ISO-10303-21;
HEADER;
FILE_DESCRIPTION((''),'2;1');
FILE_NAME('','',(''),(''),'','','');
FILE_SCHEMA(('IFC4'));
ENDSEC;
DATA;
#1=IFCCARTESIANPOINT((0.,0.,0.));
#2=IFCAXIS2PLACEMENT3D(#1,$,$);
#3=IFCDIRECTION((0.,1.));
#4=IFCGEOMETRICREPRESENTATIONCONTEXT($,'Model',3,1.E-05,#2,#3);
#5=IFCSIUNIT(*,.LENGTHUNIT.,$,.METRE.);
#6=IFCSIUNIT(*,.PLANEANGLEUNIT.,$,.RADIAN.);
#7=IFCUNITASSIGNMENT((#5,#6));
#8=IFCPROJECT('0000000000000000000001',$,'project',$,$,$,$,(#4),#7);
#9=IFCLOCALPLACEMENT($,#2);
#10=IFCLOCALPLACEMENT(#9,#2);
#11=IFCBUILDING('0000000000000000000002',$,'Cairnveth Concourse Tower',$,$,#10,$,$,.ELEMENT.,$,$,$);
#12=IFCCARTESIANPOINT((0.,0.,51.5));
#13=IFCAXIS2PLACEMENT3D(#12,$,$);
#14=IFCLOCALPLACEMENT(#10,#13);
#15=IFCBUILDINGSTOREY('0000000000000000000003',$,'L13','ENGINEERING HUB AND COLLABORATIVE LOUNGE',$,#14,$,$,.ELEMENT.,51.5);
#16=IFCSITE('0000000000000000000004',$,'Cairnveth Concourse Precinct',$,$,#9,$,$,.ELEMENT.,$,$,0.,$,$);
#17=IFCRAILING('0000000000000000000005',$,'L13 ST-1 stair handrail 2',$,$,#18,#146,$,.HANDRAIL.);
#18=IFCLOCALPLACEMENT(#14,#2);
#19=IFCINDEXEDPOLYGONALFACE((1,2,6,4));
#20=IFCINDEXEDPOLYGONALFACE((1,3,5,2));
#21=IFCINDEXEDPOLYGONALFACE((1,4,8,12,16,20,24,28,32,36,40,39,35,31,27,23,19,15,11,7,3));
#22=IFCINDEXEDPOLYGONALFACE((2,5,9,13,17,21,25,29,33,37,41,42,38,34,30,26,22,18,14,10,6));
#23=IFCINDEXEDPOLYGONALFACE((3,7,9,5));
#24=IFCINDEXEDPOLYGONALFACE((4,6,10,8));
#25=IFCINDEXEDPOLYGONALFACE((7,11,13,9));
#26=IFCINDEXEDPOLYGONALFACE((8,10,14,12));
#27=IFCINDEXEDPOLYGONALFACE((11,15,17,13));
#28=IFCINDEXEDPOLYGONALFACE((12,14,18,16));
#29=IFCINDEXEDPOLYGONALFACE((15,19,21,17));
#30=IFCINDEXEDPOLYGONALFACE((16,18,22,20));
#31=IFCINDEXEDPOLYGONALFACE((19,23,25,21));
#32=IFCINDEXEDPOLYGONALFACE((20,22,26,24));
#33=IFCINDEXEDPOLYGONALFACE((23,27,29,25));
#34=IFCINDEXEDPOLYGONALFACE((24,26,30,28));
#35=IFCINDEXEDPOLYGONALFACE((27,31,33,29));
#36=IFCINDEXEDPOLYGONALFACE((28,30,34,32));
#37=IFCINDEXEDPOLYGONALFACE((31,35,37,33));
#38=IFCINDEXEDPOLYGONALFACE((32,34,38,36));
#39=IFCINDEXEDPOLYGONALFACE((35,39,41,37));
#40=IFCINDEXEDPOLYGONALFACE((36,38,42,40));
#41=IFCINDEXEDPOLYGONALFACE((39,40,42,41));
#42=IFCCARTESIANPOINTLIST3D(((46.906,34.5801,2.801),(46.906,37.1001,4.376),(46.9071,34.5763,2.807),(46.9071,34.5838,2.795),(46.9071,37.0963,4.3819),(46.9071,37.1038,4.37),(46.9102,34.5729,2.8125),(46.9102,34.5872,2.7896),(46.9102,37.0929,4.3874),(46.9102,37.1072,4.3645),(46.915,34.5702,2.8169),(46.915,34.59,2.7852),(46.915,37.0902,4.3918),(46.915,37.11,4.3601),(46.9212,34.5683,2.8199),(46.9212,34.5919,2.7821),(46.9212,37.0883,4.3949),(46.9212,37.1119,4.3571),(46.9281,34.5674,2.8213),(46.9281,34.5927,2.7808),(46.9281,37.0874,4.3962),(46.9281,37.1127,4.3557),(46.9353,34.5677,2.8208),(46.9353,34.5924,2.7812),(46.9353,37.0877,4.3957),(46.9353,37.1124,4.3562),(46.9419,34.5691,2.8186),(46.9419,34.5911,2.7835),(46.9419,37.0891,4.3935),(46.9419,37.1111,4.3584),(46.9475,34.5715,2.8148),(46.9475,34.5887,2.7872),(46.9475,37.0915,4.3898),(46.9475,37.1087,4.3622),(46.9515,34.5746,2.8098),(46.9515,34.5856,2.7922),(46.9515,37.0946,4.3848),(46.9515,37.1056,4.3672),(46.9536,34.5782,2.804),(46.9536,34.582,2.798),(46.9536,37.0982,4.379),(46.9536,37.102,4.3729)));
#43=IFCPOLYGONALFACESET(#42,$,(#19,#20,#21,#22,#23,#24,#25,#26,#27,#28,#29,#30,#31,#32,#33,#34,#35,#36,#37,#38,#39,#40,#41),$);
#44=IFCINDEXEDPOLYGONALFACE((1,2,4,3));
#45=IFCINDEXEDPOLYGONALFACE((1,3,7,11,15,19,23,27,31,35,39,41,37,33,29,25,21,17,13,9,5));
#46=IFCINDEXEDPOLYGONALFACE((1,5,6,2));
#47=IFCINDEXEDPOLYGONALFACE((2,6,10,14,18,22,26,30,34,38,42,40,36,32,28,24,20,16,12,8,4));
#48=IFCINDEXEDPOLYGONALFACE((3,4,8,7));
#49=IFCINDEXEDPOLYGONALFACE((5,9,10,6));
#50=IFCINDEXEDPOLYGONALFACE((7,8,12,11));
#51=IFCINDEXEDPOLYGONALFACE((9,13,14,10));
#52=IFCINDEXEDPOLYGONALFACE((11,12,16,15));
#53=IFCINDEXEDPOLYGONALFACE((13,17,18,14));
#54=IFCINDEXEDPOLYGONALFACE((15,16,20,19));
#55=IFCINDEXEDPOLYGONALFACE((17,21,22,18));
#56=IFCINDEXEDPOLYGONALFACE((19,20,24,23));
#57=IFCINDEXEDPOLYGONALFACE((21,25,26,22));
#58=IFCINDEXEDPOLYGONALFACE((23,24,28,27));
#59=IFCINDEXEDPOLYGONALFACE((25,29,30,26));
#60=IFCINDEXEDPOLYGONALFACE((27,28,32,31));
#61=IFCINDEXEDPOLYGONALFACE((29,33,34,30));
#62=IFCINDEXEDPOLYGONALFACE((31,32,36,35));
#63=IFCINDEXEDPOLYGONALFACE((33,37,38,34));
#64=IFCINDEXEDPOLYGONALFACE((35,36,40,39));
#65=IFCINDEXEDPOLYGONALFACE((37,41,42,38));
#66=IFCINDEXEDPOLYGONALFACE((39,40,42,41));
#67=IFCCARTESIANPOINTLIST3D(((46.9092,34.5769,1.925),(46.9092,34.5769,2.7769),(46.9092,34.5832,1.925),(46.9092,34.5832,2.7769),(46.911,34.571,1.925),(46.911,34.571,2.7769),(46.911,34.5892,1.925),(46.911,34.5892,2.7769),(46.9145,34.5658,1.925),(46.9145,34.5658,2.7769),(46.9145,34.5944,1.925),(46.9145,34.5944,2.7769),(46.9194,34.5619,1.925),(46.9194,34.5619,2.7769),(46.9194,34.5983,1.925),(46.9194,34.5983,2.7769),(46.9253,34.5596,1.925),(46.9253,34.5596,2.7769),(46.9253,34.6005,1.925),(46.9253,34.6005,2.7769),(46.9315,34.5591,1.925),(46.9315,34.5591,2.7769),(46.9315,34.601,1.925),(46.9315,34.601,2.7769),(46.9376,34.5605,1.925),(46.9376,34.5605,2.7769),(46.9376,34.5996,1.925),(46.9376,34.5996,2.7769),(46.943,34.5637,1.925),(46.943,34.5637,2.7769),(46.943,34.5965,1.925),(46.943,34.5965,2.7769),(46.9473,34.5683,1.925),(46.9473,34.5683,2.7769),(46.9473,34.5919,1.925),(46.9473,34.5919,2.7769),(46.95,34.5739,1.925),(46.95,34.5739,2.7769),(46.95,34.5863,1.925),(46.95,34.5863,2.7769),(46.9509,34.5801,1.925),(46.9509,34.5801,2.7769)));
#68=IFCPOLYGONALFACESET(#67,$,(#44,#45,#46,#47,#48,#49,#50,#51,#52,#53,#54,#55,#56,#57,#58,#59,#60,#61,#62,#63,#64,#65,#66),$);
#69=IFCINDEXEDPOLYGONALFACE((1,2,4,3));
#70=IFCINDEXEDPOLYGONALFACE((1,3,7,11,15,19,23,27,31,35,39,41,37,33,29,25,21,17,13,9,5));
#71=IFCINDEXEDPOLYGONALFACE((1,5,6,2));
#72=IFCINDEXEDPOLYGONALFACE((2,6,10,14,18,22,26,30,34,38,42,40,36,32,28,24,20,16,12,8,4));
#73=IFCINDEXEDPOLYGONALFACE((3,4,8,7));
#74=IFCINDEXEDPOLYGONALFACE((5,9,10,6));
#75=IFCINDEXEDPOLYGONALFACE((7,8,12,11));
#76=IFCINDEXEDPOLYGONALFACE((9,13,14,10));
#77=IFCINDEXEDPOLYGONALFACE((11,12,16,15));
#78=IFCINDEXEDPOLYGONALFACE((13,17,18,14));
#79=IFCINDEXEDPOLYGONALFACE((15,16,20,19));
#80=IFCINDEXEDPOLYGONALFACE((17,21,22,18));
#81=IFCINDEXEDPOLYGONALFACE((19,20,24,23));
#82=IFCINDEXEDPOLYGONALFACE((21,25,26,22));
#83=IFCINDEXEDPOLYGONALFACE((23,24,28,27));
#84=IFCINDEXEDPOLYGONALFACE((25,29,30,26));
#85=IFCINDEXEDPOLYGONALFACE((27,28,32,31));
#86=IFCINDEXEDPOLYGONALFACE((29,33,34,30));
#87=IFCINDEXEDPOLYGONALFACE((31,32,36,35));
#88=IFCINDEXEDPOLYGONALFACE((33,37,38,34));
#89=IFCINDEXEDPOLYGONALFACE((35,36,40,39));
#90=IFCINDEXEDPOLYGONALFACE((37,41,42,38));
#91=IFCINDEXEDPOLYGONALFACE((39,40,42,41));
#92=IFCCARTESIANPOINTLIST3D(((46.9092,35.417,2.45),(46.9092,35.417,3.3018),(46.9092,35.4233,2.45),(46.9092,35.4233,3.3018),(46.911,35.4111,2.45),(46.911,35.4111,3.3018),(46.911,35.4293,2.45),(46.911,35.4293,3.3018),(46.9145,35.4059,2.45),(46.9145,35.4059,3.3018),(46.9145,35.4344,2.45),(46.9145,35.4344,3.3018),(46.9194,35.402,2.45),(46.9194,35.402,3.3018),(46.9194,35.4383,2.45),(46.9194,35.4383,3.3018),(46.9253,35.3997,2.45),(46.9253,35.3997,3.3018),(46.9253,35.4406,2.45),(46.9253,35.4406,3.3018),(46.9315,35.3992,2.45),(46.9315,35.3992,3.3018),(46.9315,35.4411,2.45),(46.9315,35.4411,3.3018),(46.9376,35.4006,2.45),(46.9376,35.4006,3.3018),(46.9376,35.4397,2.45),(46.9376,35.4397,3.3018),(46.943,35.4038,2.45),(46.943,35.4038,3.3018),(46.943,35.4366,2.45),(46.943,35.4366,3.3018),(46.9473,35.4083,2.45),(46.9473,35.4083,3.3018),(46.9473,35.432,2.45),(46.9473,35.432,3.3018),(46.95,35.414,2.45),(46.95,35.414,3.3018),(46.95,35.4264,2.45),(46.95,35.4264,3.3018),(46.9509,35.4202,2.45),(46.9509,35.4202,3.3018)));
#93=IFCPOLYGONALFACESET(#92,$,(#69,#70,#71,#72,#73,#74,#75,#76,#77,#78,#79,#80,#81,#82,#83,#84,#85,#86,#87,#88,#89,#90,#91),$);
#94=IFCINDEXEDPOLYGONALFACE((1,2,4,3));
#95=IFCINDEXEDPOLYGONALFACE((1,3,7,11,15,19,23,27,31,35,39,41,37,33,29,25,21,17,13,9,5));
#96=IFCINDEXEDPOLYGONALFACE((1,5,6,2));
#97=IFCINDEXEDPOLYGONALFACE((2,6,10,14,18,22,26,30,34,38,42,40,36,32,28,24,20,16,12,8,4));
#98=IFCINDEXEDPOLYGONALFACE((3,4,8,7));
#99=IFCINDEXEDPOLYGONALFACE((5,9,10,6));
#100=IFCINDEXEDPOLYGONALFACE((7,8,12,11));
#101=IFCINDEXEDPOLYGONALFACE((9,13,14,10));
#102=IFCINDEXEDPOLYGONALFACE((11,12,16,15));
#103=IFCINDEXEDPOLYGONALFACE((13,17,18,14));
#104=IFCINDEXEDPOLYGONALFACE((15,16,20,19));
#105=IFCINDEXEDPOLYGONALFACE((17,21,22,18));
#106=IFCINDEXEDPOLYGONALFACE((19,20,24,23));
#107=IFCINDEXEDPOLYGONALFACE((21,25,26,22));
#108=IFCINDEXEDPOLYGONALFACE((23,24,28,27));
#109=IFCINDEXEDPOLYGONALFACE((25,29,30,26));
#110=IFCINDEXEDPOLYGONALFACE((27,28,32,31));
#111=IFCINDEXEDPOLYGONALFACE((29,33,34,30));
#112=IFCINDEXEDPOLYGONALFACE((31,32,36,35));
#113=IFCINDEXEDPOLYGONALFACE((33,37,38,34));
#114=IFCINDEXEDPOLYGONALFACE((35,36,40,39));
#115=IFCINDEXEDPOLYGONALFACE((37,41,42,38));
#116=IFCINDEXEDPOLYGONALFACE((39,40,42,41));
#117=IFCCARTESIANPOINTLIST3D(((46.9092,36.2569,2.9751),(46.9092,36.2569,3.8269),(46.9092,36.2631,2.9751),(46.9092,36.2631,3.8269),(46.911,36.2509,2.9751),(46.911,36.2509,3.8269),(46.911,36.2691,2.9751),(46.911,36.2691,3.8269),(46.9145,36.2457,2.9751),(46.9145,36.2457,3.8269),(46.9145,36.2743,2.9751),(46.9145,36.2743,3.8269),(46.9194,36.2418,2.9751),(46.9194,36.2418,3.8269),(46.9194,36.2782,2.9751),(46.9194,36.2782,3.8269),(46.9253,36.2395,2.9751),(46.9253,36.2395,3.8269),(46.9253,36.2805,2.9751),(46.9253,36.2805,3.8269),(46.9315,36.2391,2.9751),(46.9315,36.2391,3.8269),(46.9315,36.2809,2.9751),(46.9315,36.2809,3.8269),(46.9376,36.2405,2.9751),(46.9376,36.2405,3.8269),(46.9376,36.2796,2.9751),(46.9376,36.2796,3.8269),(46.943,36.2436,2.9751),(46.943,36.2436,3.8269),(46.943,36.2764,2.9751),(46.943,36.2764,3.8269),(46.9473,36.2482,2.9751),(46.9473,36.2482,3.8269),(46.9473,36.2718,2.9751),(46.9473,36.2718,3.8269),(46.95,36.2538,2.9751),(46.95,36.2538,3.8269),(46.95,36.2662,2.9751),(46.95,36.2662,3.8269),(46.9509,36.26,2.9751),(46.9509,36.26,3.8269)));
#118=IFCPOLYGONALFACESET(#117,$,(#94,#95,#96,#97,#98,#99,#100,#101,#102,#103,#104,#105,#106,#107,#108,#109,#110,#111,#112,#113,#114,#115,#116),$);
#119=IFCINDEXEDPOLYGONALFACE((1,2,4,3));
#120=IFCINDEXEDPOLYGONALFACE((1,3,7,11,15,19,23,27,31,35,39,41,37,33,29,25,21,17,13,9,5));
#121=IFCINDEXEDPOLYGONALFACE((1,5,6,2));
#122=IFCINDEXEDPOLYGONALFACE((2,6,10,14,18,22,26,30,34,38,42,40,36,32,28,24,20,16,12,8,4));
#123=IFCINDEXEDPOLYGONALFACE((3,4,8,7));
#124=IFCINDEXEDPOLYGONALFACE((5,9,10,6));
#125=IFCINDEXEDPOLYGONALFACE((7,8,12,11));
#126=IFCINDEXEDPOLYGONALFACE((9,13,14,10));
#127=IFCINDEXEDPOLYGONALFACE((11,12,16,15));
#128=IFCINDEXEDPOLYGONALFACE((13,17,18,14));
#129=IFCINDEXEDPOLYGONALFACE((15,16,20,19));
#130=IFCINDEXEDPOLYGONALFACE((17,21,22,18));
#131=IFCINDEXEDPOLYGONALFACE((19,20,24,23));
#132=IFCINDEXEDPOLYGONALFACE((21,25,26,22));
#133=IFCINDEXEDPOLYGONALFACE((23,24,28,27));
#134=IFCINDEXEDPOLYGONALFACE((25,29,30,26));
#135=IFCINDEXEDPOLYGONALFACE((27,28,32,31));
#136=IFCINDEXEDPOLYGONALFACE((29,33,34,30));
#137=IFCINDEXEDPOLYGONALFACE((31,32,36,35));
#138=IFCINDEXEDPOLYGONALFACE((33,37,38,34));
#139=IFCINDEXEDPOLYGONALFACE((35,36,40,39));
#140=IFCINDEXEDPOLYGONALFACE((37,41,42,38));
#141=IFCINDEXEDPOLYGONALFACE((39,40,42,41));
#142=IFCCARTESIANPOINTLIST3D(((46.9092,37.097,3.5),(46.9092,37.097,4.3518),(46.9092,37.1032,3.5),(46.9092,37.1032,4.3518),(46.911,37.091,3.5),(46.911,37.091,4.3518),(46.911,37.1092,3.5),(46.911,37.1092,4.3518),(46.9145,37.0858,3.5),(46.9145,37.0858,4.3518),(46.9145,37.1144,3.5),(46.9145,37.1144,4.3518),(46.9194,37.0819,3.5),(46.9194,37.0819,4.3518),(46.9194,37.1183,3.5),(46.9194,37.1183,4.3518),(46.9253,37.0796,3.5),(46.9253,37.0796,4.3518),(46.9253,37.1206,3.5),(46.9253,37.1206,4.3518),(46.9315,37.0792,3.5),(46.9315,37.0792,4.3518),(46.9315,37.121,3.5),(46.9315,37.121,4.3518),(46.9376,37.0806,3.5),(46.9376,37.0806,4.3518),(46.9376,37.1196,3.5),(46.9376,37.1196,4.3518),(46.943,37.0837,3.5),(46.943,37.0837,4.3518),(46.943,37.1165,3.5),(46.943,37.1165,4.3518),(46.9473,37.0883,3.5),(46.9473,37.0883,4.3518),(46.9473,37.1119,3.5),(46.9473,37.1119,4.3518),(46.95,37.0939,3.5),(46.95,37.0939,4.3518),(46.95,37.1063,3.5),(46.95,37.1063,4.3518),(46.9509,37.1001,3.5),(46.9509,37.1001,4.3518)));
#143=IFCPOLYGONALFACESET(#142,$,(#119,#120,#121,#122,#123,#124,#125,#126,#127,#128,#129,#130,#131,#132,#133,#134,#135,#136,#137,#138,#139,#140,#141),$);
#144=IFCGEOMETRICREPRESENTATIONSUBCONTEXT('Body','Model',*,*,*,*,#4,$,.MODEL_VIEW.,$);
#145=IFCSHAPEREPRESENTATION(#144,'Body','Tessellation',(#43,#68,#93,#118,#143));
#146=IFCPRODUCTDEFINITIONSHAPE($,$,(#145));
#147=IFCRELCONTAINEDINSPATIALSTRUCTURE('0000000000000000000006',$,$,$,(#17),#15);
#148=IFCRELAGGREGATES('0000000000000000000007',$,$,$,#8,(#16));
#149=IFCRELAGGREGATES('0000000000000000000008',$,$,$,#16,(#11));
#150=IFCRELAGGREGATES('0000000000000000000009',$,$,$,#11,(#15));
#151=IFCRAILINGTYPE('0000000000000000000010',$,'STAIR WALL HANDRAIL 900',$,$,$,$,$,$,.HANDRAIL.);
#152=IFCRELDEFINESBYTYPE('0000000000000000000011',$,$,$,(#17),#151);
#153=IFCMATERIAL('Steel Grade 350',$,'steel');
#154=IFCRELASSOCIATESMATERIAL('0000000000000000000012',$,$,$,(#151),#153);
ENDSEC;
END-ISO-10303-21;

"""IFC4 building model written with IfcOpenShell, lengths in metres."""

from ifc_helpers import new_model, si_unit, direction, frame, origin, origin_2d, place, context, subcontext, project, spatial, circle, extrude, material, type_object, element, save


model = new_model("IFC4")

# Units and contexts
model_context = context("Model", 3, precision=1e-05, world=origin(), true_north=direction((0.0, 1.0)))
body_context = subcontext(model_context, "Body", "Model", "MODEL_VIEW")
ifc_project = project(units=[si_unit("LENGTHUNIT", "METRE"), si_unit("PLANEANGLEUNIT", "RADIAN")], contexts=[model_context])

# Site, building, storey
site_placement = place(None, origin())
site = spatial("IfcSite", under=ifc_project, at=site_placement, Name="Cairnveth Concourse Precinct", CompositionType="ELEMENT", RefElevation=0.0)
building_placement = place(site_placement, origin())
building = spatial("IfcBuilding", under=site, at=building_placement, Name="Cairnveth Concourse Tower", CompositionType="ELEMENT")
storey_placement = place(building_placement, frame((0.0, 0.0, 51.5)))
storey = spatial("IfcBuildingStorey", under=building, at=storey_placement, Name="L13", Description="ENGINEERING HUB AND COLLABORATIVE LOUNGE", CompositionType="ELEMENT", Elevation=51.5)

# Railing
ifc_material_1 = material(Name="Steel Grade 350", Category="steel")
railing_type_1 = type_object("IfcRailingType", Name="STAIR WALL HANDRAIL 900", PredefinedType="HANDRAIL", material=ifc_material_1)
railing_1_placement = place(storey_placement, frame((46.9299, 34.5801, 1.925)))
element("IfcRailing", 1, at=railing_1_placement, inside=storey, type_object=railing_type_1, Name="L13 ST-1 stair handrail 2", PredefinedType="HANDRAIL", context=body_context, shape_type="SweptSolid", body=[
    extrude(circle(Radius=0.0239, at=origin_2d()), frame((0.0, 0.0, 0.876), z_axis=(0.0, 0.848008, 0.529984), x_axis=(-1.0, 0.0, 0.0)), (0.0, 0.0, 1.0), 2.9717),
    extrude(circle(Radius=0.021, at=origin_2d()), origin(), (0.0, 0.0, 1.0), 0.8518),
    extrude(circle(Radius=0.021, at=origin_2d()), frame((0.0, 0.8401, 0.5249)), (0.0, 0.0, 1.0), 0.8518),
    extrude(circle(Radius=0.021, at=origin_2d()), frame((0.0, 1.6799, 1.05)), (0.0, 0.0, 1.0), 0.8518),
    extrude(circle(Radius=0.021, at=origin_2d()), frame((0.0, 2.52, 1.575)), (0.0, 0.0, 1.0), 0.8518),
])

save(model, "model.ifc")
